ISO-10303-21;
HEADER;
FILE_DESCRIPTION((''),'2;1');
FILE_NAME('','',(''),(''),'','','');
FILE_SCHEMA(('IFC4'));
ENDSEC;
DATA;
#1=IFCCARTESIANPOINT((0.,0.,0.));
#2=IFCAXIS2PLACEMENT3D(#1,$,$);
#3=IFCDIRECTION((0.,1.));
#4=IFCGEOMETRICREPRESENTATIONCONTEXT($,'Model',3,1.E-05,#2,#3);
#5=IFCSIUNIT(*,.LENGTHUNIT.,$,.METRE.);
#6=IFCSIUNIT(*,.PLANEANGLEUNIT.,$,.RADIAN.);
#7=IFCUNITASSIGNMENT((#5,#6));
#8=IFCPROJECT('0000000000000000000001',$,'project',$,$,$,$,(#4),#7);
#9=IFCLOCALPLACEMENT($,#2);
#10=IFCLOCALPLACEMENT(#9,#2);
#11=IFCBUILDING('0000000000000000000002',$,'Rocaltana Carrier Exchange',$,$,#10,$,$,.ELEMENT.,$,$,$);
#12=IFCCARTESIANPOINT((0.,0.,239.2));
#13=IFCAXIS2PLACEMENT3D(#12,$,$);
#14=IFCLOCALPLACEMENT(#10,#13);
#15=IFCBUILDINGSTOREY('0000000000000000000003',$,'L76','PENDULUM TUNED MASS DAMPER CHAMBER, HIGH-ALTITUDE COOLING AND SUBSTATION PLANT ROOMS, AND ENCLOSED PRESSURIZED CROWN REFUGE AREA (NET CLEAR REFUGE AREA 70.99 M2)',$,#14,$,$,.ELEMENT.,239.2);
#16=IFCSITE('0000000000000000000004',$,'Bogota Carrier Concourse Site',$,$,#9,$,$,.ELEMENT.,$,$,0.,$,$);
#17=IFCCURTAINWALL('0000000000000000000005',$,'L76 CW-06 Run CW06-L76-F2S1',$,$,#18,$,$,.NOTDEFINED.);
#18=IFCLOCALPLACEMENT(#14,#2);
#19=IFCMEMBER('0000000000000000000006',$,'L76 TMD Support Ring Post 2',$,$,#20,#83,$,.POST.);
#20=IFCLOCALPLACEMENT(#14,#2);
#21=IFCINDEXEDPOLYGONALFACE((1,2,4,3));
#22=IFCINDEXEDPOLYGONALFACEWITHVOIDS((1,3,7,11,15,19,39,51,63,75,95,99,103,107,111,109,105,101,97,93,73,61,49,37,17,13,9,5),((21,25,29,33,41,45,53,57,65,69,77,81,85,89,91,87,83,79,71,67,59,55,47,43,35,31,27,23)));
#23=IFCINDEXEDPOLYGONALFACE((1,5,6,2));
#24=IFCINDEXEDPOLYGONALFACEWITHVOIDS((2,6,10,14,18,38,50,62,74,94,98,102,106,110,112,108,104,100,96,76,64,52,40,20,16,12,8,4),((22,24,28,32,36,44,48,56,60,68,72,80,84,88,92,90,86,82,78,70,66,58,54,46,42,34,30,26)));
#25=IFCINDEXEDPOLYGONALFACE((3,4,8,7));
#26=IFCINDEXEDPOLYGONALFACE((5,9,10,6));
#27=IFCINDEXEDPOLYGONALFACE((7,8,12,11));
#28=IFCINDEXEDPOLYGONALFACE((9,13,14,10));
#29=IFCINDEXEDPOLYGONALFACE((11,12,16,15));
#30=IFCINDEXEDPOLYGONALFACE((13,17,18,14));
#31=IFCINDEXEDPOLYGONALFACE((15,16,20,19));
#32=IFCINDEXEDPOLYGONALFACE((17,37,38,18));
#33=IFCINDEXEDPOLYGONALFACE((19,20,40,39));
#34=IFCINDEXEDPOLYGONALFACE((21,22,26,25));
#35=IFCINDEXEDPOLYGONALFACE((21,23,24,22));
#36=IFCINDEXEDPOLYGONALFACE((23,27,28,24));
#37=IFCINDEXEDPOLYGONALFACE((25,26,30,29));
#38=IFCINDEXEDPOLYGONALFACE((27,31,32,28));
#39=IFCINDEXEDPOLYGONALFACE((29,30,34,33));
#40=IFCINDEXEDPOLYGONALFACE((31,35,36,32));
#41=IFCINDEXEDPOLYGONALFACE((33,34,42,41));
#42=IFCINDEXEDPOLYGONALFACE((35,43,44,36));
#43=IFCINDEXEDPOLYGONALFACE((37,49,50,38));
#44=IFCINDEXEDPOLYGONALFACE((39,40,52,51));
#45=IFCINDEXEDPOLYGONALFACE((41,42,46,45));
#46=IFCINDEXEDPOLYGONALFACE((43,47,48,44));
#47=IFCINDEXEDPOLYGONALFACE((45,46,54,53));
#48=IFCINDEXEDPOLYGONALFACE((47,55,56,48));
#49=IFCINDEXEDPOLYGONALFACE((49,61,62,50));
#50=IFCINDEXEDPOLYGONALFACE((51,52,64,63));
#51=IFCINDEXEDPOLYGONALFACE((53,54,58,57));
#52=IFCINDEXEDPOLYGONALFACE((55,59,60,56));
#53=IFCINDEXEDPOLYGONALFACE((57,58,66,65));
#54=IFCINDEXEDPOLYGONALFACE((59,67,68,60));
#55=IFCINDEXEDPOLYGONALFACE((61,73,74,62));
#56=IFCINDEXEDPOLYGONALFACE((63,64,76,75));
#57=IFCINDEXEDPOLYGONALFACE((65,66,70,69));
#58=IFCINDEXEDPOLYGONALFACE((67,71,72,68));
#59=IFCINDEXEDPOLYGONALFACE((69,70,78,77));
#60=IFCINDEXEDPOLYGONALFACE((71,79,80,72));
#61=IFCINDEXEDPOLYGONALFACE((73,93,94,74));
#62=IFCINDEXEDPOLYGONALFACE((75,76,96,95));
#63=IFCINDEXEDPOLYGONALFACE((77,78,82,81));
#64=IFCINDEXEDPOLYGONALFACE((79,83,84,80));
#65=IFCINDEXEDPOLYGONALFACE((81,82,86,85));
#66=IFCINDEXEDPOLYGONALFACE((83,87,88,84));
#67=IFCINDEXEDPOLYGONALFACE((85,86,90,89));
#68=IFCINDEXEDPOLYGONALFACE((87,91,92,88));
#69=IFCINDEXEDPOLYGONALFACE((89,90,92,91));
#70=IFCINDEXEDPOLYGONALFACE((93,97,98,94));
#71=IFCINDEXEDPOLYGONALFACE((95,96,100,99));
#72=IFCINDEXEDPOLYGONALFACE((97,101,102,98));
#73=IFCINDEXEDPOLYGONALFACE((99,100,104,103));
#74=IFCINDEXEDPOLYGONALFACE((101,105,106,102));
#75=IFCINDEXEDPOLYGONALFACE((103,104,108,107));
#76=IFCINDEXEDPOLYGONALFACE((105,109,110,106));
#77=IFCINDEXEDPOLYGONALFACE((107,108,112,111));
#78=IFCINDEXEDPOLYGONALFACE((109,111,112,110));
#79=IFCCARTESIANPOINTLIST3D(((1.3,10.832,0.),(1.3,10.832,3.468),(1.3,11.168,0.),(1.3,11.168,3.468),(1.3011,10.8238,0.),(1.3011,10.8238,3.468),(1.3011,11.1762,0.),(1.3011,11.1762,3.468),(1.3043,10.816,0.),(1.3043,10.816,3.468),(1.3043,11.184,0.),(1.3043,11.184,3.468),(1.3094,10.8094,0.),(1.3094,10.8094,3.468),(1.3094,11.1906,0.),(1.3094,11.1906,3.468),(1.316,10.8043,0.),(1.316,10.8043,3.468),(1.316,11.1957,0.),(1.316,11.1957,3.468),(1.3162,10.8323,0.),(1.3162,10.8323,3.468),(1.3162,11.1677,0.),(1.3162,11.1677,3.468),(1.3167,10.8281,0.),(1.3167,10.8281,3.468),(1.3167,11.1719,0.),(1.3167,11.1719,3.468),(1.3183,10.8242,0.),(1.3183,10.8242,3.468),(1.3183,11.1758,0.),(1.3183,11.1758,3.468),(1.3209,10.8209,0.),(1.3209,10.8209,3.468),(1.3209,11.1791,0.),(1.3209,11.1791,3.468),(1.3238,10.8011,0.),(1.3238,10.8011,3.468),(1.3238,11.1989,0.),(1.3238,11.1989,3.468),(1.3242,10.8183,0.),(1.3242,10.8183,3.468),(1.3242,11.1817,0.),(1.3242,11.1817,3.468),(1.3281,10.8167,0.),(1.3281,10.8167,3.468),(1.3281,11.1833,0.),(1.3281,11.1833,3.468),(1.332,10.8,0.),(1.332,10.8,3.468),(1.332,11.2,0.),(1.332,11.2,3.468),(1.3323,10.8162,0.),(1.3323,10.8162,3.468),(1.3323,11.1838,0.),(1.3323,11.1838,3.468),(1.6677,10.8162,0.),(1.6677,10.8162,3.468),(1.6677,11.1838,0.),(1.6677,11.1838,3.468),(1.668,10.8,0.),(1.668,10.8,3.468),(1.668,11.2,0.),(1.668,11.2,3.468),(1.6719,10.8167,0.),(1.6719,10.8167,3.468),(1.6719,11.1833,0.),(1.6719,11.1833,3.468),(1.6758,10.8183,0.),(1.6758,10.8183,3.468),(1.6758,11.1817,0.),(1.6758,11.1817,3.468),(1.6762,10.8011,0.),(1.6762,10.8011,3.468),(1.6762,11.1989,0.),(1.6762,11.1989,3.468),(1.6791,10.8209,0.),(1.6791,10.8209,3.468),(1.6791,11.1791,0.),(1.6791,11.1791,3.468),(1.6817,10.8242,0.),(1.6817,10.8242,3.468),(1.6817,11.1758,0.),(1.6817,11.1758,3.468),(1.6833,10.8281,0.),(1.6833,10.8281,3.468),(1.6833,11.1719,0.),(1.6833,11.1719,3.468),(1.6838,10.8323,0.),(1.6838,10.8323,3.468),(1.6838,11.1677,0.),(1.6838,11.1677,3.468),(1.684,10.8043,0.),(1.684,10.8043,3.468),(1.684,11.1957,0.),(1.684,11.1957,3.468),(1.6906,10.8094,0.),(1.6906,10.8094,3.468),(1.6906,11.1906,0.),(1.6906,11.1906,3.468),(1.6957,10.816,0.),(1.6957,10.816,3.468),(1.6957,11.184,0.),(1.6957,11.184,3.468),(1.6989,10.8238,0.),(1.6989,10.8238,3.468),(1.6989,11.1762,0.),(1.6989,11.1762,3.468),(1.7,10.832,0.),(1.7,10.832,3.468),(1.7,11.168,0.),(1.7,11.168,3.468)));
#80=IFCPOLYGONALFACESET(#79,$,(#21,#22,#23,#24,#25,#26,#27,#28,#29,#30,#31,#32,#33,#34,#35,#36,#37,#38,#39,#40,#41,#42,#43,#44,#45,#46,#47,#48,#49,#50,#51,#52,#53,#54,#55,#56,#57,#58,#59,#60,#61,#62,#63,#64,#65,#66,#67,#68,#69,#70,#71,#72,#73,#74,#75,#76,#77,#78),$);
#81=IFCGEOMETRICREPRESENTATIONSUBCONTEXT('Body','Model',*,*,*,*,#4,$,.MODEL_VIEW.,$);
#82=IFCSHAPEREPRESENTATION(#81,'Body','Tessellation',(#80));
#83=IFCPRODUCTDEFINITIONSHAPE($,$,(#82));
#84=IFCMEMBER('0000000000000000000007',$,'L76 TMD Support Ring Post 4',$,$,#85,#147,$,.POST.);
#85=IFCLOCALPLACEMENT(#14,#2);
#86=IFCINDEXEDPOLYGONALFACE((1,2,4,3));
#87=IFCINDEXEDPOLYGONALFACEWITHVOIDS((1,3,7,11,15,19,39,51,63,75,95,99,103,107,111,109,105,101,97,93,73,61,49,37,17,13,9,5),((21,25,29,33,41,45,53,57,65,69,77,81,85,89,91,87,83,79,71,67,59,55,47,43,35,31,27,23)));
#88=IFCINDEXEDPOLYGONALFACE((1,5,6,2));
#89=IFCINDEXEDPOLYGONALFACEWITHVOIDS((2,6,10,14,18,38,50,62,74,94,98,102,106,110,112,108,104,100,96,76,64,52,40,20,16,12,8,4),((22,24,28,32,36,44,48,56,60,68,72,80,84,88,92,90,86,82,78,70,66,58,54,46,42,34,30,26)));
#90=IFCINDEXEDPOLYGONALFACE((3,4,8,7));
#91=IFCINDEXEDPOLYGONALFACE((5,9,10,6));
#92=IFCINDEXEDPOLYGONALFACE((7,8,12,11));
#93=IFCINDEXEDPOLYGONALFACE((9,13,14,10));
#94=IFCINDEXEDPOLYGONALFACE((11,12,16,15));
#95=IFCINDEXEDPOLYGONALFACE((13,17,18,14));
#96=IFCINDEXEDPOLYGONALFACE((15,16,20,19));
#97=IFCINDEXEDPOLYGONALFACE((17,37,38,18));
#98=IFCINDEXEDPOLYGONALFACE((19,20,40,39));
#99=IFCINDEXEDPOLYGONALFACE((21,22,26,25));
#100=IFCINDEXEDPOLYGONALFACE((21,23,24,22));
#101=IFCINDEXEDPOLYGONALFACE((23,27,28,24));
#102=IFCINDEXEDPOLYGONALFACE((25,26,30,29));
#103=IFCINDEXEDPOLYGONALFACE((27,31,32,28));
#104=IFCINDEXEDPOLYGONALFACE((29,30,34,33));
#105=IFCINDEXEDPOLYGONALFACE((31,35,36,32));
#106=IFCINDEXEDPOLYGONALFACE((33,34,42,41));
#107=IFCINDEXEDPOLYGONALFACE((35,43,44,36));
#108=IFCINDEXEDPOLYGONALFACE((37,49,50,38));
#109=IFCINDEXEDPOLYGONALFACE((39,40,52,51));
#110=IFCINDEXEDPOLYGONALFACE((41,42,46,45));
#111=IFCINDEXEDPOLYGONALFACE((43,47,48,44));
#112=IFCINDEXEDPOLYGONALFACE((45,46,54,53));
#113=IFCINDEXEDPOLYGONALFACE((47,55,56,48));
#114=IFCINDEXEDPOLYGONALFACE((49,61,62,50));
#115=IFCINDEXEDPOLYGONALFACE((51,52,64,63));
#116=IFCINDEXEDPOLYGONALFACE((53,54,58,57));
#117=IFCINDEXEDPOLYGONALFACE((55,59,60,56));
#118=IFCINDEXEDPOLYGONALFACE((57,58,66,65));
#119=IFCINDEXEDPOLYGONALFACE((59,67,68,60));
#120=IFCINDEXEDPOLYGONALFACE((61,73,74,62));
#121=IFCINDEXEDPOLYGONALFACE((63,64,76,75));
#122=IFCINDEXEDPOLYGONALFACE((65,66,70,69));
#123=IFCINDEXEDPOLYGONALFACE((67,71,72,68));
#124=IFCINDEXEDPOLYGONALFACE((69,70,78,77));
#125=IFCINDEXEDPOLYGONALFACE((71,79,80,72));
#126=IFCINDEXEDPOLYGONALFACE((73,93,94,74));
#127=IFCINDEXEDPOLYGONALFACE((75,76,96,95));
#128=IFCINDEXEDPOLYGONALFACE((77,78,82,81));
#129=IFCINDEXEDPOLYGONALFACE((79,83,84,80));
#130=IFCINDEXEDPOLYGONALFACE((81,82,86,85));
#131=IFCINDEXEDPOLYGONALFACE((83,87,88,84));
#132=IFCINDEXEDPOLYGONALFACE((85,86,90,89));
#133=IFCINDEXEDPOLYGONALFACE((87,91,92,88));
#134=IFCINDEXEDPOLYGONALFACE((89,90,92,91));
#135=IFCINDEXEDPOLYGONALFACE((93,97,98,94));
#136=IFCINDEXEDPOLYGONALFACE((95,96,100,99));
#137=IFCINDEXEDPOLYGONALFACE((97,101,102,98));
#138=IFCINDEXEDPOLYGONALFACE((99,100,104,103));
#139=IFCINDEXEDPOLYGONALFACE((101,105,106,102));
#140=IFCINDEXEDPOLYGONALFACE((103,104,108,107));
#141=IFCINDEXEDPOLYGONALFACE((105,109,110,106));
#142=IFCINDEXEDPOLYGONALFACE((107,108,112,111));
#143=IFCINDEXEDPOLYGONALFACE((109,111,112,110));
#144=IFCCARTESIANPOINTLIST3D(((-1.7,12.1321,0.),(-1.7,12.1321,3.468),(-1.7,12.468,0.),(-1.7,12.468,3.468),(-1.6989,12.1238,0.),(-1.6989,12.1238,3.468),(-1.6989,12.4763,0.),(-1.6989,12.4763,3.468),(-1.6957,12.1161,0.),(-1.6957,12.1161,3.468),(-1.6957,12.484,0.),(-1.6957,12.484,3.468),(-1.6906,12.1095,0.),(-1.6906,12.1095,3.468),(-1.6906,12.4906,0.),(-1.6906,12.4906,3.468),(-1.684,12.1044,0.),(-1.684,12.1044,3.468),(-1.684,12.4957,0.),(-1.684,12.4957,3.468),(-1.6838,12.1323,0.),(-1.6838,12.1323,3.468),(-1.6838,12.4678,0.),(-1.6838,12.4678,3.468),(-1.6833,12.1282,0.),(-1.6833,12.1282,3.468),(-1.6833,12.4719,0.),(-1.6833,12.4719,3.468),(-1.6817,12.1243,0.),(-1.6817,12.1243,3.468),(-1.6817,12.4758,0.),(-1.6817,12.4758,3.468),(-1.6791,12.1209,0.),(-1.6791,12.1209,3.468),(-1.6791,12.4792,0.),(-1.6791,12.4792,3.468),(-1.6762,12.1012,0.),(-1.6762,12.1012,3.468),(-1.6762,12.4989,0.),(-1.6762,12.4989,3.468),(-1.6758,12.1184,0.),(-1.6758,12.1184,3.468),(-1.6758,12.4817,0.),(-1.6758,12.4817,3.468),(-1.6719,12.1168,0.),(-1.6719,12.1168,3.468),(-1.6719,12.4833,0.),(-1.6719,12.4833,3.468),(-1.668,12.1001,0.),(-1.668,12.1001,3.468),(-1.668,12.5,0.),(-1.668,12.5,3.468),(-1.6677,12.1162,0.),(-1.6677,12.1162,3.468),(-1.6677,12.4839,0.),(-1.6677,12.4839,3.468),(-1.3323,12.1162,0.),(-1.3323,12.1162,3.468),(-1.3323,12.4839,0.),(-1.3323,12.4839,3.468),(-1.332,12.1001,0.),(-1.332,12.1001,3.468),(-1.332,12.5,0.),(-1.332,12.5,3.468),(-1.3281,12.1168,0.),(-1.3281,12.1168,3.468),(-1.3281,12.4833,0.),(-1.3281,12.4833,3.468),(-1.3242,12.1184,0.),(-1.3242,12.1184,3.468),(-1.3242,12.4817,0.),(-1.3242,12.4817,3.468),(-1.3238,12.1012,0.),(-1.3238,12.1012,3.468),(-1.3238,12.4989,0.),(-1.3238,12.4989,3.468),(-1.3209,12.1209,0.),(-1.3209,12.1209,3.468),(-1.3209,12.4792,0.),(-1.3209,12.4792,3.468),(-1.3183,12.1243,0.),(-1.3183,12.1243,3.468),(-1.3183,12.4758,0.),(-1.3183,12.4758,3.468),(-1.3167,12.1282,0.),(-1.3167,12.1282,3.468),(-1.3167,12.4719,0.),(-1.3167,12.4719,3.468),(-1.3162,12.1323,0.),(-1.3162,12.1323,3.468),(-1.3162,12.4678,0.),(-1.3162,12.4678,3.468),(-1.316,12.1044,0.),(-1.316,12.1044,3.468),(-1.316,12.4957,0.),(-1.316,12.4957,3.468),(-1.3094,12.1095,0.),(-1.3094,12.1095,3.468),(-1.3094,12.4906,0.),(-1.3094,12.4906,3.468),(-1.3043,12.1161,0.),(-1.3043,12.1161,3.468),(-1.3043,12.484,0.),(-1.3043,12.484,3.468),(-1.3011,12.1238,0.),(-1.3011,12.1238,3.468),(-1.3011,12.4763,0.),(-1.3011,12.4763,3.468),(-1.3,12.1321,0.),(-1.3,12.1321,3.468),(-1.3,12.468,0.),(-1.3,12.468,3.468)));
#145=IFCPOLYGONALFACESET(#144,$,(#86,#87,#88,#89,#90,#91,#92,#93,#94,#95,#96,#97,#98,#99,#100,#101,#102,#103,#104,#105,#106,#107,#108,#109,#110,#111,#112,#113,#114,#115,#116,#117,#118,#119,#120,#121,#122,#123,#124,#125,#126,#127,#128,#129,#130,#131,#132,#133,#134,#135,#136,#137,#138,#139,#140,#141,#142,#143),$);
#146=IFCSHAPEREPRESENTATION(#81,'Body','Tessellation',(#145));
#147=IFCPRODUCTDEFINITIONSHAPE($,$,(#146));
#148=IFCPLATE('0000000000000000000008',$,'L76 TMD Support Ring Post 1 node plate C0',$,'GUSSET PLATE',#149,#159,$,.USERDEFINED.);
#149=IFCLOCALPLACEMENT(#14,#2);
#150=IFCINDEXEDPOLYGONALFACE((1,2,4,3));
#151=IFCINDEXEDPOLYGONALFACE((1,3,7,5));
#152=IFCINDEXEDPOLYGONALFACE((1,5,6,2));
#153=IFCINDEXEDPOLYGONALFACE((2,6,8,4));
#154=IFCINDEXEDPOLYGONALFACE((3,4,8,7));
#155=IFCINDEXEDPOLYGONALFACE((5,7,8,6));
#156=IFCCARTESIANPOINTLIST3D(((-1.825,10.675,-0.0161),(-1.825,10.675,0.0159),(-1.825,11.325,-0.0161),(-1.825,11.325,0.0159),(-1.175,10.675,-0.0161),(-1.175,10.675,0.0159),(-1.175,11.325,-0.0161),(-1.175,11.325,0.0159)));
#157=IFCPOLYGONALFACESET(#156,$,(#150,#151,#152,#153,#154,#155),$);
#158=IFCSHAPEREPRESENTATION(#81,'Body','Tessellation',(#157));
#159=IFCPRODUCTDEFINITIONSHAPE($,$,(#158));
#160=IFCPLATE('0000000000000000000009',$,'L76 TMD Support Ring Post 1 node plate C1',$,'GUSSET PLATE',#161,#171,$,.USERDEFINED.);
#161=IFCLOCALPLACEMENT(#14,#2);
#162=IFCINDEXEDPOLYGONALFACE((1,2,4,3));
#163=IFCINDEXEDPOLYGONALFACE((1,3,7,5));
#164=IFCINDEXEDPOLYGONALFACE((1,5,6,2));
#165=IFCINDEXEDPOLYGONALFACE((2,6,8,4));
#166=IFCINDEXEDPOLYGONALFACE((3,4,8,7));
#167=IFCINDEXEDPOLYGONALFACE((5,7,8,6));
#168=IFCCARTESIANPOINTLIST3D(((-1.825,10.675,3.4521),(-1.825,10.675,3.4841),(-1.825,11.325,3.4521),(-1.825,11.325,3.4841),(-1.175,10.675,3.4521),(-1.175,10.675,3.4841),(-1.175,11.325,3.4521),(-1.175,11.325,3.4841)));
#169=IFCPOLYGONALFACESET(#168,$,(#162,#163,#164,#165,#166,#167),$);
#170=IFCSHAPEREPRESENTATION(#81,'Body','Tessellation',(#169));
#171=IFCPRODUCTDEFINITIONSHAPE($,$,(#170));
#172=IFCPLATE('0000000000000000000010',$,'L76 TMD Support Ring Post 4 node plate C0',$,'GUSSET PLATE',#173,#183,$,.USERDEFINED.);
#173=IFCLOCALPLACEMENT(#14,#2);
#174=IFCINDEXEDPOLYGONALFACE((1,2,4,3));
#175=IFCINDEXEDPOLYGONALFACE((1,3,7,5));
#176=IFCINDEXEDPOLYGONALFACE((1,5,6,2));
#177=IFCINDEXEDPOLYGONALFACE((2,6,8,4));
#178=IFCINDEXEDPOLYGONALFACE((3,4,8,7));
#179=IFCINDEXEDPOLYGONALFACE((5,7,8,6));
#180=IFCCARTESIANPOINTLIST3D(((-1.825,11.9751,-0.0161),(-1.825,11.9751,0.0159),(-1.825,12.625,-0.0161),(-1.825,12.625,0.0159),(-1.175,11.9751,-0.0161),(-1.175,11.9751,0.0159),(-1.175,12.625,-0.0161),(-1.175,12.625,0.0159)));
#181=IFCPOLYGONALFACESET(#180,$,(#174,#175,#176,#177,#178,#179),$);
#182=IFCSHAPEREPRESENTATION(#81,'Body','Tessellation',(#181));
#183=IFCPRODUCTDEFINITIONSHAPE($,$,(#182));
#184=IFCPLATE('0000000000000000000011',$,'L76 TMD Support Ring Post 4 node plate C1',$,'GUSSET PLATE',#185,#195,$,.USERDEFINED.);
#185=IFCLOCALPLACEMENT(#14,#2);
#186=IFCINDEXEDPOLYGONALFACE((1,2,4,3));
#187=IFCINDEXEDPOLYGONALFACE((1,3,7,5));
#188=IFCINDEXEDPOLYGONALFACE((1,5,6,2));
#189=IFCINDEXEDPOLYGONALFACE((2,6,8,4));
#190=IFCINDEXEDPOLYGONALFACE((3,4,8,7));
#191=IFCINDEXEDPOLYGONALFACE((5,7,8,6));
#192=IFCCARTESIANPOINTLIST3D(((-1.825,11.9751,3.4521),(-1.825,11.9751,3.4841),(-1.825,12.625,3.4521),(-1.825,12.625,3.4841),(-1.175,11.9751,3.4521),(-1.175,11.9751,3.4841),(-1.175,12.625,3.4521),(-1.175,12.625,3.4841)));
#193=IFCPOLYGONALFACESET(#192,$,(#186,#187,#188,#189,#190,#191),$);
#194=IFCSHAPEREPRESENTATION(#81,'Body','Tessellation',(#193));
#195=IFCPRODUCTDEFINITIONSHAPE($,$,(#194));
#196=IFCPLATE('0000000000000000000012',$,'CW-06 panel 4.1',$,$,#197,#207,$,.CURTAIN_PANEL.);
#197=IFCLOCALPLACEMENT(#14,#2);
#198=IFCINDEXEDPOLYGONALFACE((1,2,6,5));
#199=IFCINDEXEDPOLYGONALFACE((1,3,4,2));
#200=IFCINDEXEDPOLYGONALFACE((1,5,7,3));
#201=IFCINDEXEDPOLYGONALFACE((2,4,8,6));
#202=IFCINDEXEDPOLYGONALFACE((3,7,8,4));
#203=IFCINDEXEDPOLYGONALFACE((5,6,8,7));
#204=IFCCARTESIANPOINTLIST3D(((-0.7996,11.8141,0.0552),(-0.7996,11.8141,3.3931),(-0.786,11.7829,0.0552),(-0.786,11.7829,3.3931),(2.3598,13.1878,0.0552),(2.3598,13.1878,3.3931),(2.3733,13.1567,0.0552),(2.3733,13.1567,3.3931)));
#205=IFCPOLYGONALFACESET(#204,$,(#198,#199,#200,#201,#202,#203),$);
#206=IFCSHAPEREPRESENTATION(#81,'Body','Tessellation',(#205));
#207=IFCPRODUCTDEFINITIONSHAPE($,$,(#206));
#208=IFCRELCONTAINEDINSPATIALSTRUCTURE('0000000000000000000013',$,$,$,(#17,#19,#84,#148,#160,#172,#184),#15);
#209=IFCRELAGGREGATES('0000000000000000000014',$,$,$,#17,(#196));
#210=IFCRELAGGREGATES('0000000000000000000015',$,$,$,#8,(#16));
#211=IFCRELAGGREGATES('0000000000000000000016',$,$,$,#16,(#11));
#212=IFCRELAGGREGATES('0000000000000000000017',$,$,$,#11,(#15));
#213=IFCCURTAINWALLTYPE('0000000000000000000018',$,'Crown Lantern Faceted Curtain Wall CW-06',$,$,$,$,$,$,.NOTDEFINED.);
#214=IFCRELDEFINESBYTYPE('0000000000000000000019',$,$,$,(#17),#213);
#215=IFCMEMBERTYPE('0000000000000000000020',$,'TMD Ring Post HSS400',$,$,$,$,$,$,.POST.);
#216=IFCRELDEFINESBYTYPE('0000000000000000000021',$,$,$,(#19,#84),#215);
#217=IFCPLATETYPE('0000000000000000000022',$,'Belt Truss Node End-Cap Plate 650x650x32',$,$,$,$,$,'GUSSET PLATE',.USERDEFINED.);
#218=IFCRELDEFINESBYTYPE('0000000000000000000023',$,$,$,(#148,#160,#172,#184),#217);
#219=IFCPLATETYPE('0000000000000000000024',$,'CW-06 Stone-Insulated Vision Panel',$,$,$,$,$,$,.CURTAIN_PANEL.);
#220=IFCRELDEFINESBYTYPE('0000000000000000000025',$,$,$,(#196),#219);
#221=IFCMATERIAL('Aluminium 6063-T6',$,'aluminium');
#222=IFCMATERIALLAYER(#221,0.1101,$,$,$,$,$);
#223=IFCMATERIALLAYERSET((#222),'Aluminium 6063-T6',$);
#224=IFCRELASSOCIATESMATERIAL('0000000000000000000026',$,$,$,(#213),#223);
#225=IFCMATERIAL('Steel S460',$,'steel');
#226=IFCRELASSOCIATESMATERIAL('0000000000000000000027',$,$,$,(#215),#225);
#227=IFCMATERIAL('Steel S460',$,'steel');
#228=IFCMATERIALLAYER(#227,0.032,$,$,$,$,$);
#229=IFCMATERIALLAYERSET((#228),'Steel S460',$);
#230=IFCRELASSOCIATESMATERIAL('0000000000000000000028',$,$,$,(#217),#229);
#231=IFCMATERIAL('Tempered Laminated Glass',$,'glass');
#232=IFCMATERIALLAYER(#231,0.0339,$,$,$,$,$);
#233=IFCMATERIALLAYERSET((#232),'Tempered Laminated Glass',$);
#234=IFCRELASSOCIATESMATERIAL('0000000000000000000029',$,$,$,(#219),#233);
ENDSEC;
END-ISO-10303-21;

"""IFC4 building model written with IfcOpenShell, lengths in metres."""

from ifc_helpers import new_model, si_unit, direction, frame, origin, origin_2d, place, context, subcontext, project, spatial, rectangle, hollow_rectangle, extrude, material, layer, layer_set, material_profile, profile_set, type_object, element, aggregate, save


model = new_model("IFC4")

# Units and contexts
model_context = context("Model", 3, precision=1e-05, world=origin(), true_north=direction((0.0, 1.0)))
body_context = subcontext(model_context, "Body", "Model", "MODEL_VIEW")
ifc_project = project(units=[si_unit("LENGTHUNIT", "METRE"), si_unit("PLANEANGLEUNIT", "RADIAN")], contexts=[model_context])

# Site, building, storey
site_placement = place(None, origin())
site = spatial("IfcSite", under=ifc_project, at=site_placement, Name="Bogota Carrier Concourse Site", CompositionType="ELEMENT", RefElevation=0.0)
building_placement = place(site_placement, origin())
building = spatial("IfcBuilding", under=site, at=building_placement, Name="Rocaltana Carrier Exchange", CompositionType="ELEMENT")
storey_placement = place(building_placement, frame((0.0, 0.0, 239.2)))
storey = spatial("IfcBuildingStorey", under=building, at=storey_placement, Name="L76", Description="PENDULUM TUNED MASS DAMPER CHAMBER, HIGH-ALTITUDE COOLING AND SUBSTATION PLANT ROOMS, AND ENCLOSED PRESSURIZED CROWN REFUGE AREA (NET CLEAR REFUGE AREA 70.99 M2)", CompositionType="ELEMENT", Elevation=239.2)

# Curtain wall
ifc_material_1 = material(Name="Aluminium 6063-T6", Category="aluminium")
ifc_layer_1 = layer(ifc_material_1, 0.1101)
ifc_layer_set_1 = layer_set([ifc_layer_1], Name="Aluminium 6063-T6")
curtain_wall_type = type_object("IfcCurtainWallType", Name="Crown Lantern Faceted Curtain Wall CW-06", PredefinedType="NOTDEFINED", material=ifc_layer_set_1)
curtain_wall_1_placement = place(storey_placement, origin())
curtain_wall_1 = element("IfcCurtainWall", 1, at=curtain_wall_1_placement, inside=storey, type_object=curtain_wall_type, Name="L76 CW-06 Run CW06-L76-F2S1", PredefinedType="NOTDEFINED")

# Members
ifc_material_2 = material(Name="Steel S460", Category="steel")
ifc_material_profile_1 = material_profile(ifc_material_2, hollow_rectangle(XDim=0.3999, YDim=0.3999, WallThickness=0.0161, InnerFilletRadius=0.0161, OuterFilletRadius=0.032, at=origin_2d()), Name="HSS400X400X16")
ifc_profile_set_1 = profile_set([ifc_material_profile_1], Name="Steel S460")
member_type_1 = type_object("IfcMemberType", Name="TMD Ring Post HSS400", PredefinedType="POST", material=ifc_profile_set_1)
for number, where, z_axis, x_axis, name in (
    (2, (1.5, 11.0, 0.0), (0.0, 0.0, 1.0), (1.0, 0.0, 0.0), "L76 TMD Support Ring Post 2"),
    (3, (-1.5, 12.3, 0.0), (0.0, 0.0, 1.0), (1.0, 0.0, 0.0), "L76 TMD Support Ring Post 4"),
):
    element("IfcMember", number, at=place(storey_placement, frame(where, z_axis=z_axis, x_axis=x_axis)), inside=storey, type_object=member_type_1, Name=name, PredefinedType="POST", context=body_context, shape_type="SweptSolid", body=[
        extrude(hollow_rectangle(XDim=0.3999, YDim=0.3999, WallThickness=0.0161, InnerFilletRadius=0.0161, OuterFilletRadius=0.032, at=origin_2d()), origin(), (0.0, 0.0, 1.0), 3.468),
    ])

# Plates
ifc_material_3 = material(Name="Steel S460", Category="steel")
ifc_layer_2 = layer(ifc_material_3, 0.032)
ifc_layer_set_2 = layer_set([ifc_layer_2], Name="Steel S460")
plate_type_1 = type_object("IfcPlateType", Name="Belt Truss Node End-Cap Plate 650x650x32", ElementType="GUSSET PLATE", PredefinedType="USERDEFINED", material=ifc_layer_set_2)
for number, where, z_axis, x_axis, name in (
    (4, (-1.5, 11.0, -0.0161), (0.0, 0.0, 1.0), (1.0, 0.0, 0.0), "L76 TMD Support Ring Post 1 node plate C0"),
    (5, (-1.5, 11.0, 3.4521), (0.0, 0.0, 1.0), (1.0, 0.0, 0.0), "L76 TMD Support Ring Post 1 node plate C1"),
    (6, (-1.5, 12.3, -0.0161), (0.0, 0.0, 1.0), (1.0, 0.0, 0.0), "L76 TMD Support Ring Post 4 node plate C0"),
    (7, (-1.5, 12.3, 3.4521), (0.0, 0.0, 1.0), (1.0, 0.0, 0.0), "L76 TMD Support Ring Post 4 node plate C1"),
):
    element("IfcPlate", number, at=place(storey_placement, frame(where, z_axis=z_axis, x_axis=x_axis)), inside=storey, type_object=plate_type_1, Name=name, ObjectType="GUSSET PLATE", PredefinedType="USERDEFINED", context=body_context, shape_type="SweptSolid", body=[
        extrude(rectangle(XDim=0.6499, YDim=0.6499, at=origin_2d()), origin(), (0.0, 0.0, 1.0), 0.032),
    ])

# Plate
ifc_material_4 = material(Name="Tempered Laminated Glass", Category="glass")
ifc_layer_3 = layer(ifc_material_4, 0.0339)
ifc_layer_set_3 = layer_set([ifc_layer_3], Name="Tempered Laminated Glass")
plate_type_2 = type_object("IfcPlateType", Name="CW-06 Stone-Insulated Vision Panel", PredefinedType="CURTAIN_PANEL", material=ifc_layer_set_3)
plate_1_placement = place(storey_placement, frame((0.7869, 12.4854, 0.0552), z_axis=(0.0, 0.0, 1.0), x_axis=(-0.91706, -0.39875, 0.0)))
plate_1 = element("IfcPlate", 8, at=plate_1_placement, type_object=plate_type_2, Name="CW-06 panel 4.1", PredefinedType="CURTAIN_PANEL", context=body_context, shape_type="SweptSolid", body=[
    extrude(rectangle(XDim=3.4451, YDim=0.0339, at=origin_2d()), origin(), (0.0, 0.0, 1.0), 3.3379),
])
aggregate(curtain_wall_1, [plate_1])

save(model, "model.ifc")
